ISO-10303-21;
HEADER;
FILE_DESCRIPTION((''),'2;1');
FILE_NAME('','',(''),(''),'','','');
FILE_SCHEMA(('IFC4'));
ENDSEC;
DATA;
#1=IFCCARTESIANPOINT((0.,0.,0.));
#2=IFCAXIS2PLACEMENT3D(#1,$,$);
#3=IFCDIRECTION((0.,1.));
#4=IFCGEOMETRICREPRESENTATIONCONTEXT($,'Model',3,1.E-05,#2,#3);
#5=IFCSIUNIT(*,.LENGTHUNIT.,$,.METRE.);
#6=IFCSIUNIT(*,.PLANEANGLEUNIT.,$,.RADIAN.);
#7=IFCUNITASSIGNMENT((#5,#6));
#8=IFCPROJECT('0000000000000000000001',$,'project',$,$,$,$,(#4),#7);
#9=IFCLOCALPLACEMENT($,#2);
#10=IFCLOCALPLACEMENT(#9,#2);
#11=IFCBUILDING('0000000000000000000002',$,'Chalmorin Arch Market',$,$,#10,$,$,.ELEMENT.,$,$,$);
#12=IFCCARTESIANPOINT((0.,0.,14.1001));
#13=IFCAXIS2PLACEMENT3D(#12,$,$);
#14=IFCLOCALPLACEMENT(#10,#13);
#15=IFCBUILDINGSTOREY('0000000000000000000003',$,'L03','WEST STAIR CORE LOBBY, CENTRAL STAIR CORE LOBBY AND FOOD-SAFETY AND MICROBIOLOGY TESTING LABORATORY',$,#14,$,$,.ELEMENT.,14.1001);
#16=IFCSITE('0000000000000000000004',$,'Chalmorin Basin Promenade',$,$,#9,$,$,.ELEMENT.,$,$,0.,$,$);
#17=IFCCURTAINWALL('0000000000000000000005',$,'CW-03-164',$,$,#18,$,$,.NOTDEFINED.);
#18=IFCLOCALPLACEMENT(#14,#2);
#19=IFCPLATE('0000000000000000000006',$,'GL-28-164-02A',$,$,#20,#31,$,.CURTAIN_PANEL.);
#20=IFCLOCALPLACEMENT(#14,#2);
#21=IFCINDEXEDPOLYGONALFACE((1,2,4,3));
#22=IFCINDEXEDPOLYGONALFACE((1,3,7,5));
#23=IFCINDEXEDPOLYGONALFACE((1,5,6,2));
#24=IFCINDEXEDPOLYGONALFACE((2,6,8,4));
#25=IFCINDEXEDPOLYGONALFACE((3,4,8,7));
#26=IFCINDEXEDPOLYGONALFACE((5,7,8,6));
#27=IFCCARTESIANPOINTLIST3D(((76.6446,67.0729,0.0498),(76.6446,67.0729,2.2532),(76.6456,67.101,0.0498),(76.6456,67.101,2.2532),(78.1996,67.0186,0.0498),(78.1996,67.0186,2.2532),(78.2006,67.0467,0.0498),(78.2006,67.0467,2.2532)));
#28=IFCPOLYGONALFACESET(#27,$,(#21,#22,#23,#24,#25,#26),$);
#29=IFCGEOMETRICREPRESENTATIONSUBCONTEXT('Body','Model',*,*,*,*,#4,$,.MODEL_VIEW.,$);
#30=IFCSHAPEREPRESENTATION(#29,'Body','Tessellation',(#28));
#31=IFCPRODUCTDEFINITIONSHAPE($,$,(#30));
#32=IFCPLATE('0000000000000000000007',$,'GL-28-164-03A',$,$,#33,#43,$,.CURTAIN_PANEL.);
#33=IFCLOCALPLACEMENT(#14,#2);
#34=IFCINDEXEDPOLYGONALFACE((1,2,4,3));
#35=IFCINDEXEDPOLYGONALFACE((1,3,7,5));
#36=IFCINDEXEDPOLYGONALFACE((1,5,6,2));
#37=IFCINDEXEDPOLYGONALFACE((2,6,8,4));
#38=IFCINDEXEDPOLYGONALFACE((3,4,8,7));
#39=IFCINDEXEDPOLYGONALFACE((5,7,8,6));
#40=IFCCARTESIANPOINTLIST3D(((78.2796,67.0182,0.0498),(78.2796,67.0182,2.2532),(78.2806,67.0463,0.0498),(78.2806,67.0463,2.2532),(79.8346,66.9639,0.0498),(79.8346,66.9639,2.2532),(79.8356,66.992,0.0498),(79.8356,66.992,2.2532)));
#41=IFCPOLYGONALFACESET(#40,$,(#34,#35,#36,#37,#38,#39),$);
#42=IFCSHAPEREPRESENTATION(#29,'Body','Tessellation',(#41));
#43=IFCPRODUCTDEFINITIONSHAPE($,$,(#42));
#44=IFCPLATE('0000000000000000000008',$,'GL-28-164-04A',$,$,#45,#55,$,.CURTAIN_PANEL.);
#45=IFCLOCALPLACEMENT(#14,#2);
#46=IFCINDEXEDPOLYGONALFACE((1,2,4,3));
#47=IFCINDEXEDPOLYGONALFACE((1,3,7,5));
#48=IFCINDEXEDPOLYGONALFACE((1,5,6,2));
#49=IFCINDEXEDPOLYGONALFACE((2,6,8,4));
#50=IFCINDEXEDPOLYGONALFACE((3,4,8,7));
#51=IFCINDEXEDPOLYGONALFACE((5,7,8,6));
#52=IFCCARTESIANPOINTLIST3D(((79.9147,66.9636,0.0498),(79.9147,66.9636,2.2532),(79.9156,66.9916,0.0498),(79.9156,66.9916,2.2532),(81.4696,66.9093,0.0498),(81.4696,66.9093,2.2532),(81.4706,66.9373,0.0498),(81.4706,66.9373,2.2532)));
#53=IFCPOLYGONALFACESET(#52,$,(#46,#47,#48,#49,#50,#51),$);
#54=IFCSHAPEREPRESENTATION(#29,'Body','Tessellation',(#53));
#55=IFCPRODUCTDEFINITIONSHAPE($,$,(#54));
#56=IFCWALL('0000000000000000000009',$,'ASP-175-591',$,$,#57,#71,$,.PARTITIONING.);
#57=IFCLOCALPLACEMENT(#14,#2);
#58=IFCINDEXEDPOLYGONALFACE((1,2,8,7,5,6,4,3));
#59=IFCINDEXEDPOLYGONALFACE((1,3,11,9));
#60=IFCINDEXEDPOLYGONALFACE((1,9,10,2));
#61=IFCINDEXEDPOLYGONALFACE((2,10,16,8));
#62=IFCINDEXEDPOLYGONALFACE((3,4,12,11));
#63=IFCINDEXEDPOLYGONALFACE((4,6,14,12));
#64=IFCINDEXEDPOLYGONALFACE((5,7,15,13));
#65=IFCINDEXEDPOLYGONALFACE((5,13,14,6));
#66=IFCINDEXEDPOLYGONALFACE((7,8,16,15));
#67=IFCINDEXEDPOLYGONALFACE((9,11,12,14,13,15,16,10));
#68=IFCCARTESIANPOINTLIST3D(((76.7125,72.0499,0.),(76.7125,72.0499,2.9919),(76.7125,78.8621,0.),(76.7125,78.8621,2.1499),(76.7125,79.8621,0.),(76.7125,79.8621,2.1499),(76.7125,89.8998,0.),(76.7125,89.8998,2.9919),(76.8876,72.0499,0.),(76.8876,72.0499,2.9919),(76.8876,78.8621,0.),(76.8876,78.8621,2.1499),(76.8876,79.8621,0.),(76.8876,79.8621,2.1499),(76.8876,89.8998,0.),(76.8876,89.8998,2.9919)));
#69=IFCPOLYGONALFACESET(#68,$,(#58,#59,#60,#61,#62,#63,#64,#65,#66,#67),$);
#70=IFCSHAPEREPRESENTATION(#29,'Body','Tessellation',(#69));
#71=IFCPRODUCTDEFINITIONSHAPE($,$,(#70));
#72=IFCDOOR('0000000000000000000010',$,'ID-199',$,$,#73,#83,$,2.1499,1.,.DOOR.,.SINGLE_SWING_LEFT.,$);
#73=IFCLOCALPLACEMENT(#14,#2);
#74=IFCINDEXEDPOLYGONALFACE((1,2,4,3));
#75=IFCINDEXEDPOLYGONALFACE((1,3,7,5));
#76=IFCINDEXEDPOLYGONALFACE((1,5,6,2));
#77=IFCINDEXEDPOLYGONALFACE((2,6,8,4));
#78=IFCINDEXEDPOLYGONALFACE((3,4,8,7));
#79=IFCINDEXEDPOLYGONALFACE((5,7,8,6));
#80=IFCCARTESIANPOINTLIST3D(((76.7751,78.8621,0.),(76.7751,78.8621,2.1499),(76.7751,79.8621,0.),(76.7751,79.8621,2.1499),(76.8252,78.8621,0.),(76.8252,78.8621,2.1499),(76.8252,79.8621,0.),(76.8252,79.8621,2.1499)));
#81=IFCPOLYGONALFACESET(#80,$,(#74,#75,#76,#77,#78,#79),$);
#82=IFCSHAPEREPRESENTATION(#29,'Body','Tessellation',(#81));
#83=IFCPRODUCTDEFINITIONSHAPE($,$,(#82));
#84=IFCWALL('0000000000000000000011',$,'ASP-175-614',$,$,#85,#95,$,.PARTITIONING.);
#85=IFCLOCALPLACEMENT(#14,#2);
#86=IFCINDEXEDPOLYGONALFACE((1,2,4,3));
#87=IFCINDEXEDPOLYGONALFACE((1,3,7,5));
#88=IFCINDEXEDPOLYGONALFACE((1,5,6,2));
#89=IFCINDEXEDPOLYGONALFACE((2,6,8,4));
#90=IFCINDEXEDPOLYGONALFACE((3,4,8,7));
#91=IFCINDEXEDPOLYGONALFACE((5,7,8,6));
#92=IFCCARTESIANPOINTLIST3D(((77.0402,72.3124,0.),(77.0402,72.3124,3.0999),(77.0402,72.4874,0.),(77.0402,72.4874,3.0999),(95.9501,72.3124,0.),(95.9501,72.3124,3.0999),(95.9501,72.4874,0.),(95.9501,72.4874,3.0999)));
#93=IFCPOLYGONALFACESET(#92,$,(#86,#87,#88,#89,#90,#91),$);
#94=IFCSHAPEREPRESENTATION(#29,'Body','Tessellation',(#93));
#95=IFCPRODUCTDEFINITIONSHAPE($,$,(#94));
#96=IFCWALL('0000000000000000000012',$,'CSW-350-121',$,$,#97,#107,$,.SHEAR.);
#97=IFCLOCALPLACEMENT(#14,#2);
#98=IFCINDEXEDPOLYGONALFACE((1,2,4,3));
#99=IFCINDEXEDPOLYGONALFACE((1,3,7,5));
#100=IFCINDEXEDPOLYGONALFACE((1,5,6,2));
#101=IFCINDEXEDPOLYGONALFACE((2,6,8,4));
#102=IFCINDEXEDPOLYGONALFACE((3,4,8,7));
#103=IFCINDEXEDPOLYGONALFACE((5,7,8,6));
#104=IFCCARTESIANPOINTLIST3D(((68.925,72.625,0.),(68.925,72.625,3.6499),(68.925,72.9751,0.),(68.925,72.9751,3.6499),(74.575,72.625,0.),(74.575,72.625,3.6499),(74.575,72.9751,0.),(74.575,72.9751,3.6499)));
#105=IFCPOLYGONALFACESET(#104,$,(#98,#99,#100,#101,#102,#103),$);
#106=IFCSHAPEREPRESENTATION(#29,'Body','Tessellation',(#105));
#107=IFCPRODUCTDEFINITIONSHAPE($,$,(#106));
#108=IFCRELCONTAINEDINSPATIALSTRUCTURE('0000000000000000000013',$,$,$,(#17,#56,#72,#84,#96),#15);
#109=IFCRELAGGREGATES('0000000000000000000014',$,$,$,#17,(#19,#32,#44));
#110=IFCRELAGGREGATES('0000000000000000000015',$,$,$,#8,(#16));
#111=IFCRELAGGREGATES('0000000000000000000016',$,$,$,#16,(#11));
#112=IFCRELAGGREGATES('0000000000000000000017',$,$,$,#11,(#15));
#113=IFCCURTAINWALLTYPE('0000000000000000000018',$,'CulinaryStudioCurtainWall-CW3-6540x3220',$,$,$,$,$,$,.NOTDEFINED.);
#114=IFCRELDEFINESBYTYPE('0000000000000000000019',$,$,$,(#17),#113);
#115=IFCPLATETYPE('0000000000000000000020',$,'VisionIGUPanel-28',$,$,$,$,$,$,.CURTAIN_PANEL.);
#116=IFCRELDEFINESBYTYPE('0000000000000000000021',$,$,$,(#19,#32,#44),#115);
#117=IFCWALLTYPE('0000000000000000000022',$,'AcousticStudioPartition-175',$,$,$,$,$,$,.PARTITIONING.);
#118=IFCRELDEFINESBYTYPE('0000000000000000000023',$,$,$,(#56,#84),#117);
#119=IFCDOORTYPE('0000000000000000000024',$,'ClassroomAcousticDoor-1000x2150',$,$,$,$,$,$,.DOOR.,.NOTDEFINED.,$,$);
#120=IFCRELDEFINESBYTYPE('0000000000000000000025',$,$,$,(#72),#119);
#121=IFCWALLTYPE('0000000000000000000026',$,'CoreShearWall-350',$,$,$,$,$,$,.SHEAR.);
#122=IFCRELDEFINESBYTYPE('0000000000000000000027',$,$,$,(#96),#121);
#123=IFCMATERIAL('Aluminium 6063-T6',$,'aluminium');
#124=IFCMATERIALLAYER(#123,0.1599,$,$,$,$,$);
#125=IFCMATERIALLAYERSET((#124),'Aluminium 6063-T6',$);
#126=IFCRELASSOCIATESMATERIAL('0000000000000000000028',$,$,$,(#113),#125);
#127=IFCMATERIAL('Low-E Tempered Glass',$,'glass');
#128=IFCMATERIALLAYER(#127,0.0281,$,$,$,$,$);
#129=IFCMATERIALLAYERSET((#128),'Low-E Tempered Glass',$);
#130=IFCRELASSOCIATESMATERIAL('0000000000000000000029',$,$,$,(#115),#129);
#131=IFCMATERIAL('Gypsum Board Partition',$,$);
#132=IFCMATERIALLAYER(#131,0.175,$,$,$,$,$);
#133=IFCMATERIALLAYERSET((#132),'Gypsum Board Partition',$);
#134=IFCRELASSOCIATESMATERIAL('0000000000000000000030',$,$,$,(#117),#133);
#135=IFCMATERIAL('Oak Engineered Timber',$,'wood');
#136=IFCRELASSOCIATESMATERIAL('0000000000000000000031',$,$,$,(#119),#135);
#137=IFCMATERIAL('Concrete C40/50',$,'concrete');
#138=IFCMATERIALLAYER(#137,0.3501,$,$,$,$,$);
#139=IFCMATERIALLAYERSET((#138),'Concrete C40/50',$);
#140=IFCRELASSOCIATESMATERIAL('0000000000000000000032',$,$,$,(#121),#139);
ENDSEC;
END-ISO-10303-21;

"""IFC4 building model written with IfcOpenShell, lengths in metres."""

from ifc_helpers import new_model, si_unit, direction, frame, frame_2d, origin, origin_2d, place, context, subcontext, project, spatial, rectangle, extrude, material, layer, layer_set, type_object, element, fill, aggregate, save


model = new_model("IFC4")

# Units and contexts
model_context = context("Model", 3, precision=1e-05, world=origin(), true_north=direction((0.0, 1.0)))
body_context = subcontext(model_context, "Body", "Model", "MODEL_VIEW")
ifc_project = project(units=[si_unit("LENGTHUNIT", "METRE"), si_unit("PLANEANGLEUNIT", "RADIAN")], contexts=[model_context])

# Site, building, storey
site_placement = place(None, origin())
site = spatial("IfcSite", under=ifc_project, at=site_placement, Name="Chalmorin Basin Promenade", CompositionType="ELEMENT", RefElevation=0.0)
building_placement = place(site_placement, origin())
building = spatial("IfcBuilding", under=site, at=building_placement, Name="Chalmorin Arch Market", CompositionType="ELEMENT")
storey_placement = place(building_placement, frame((0.0, 0.0, 14.1001)))
storey = spatial("IfcBuildingStorey", under=building, at=storey_placement, Name="L03", Description="WEST STAIR CORE LOBBY, CENTRAL STAIR CORE LOBBY AND FOOD-SAFETY AND MICROBIOLOGY TESTING LABORATORY", CompositionType="ELEMENT", Elevation=14.1001)

# Shared definitions
ifc_material_1 = material(Name="Concrete C40/50", Category="concrete")

# Curtain wall
ifc_material_2 = material(Name="Aluminium 6063-T6", Category="aluminium")
ifc_layer_1 = layer(ifc_material_2, 0.1599)
ifc_layer_set_1 = layer_set([ifc_layer_1], Name="Aluminium 6063-T6")
curtain_wall_type_1 = type_object("IfcCurtainWallType", Name="CulinaryStudioCurtainWall-CW3-6540x3220", PredefinedType="NOTDEFINED", material=ifc_layer_set_1)
curtain_wall_1_placement = place(storey_placement, origin())
curtain_wall_1 = element("IfcCurtainWall", 1, at=curtain_wall_1_placement, inside=storey, type_object=curtain_wall_type_1, Name="CW-03-164", PredefinedType="NOTDEFINED")

# Plates
ifc_material_3 = material(Name="Low-E Tempered Glass", Category="glass")
ifc_layer_2 = layer(ifc_material_3, 0.0281)
ifc_layer_set_2 = layer_set([ifc_layer_2], Name="Low-E Tempered Glass")
plate_type_1 = type_object("IfcPlateType", Name="VisionIGUPanel-28", PredefinedType="CURTAIN_PANEL", material=ifc_layer_set_2)
plate_1_placement = place(storey_placement, frame((77.4226, 67.0598, 0.0498), z_axis=(0.0, 0.0, 1.0), x_axis=(0.999391, -0.034899, 0.0)))
plate_1 = element("IfcPlate", 2, at=plate_1_placement, type_object=plate_type_1, Name="GL-28-164-02A", PredefinedType="CURTAIN_PANEL", context=body_context, shape_type="SweptSolid", body=[
    extrude(rectangle(XDim=1.5559, YDim=0.0281, at=origin_2d()), origin(), (0.0, 0.0, 1.0), 2.2034),
])
plate_2_placement = place(storey_placement, frame((79.0576, 67.0051, 0.0498), z_axis=(0.0, 0.0, 1.0), x_axis=(0.999391, -0.034899, 0.0)))
plate_2 = element("IfcPlate", 3, at=plate_2_placement, type_object=plate_type_1, Name="GL-28-164-03A", PredefinedType="CURTAIN_PANEL", context=body_context, shape_type="SweptSolid", body=[
    extrude(rectangle(XDim=1.5559, YDim=0.0281, at=origin_2d()), origin(), (0.0, 0.0, 1.0), 2.2034),
])
plate_3_placement = place(storey_placement, frame((80.6926, 66.9504, 0.0498), z_axis=(0.0, 0.0, 1.0), x_axis=(0.999391, -0.034899, 0.0)))
plate_3 = element("IfcPlate", 4, at=plate_3_placement, type_object=plate_type_1, Name="GL-28-164-04A", PredefinedType="CURTAIN_PANEL", context=body_context, shape_type="SweptSolid", body=[
    extrude(rectangle(XDim=1.5559, YDim=0.0281, at=origin_2d()), origin(), (0.0, 0.0, 1.0), 2.2034),
])
aggregate(curtain_wall_1, [plate_1, plate_2, plate_3])

# Wall, opening, door
ifc_material_4 = material(Name="Gypsum Board Partition")
ifc_layer_3 = layer(ifc_material_4, 0.175)
ifc_layer_set_3 = layer_set([ifc_layer_3], Name="Gypsum Board Partition")
wall_type_1 = type_object("IfcWallType", Name="AcousticStudioPartition-175", PredefinedType="PARTITIONING", material=ifc_layer_set_3)
wall_1_placement = place(storey_placement, frame((76.8, 72.05, 0.0), z_axis=(0.0, 0.0, 1.0), x_axis=(0.0, 1.0, 0.0)))
wall_1 = element("IfcWall", 5, at=wall_1_placement, inside=storey, type_object=wall_type_1, Name="ASP-175-591", PredefinedType="PARTITIONING", context=body_context, shape_type="SweptSolid", body=[
    extrude(rectangle(XDim=17.8499, YDim=0.175, at=frame_2d((8.9248, 0.0))), origin(), (0.0, 0.0, 1.0), 2.9919),
])
opening_placement = place(wall_1_placement, frame((6.812, 0.0, 0.0)))
opening = element("IfcOpeningElement", 6, at=opening_placement, cuts=wall_1, PredefinedType="OPENING", context=body_context, shape_type="SweptSolid", body=[
    extrude(rectangle(XDim=1.0, YDim=2.1499, at=frame_2d((0.5, 1.075))), frame((0.0, 0.0974, 0.0), z_axis=(0.0, -1.0, 0.0), x_axis=(1.0, 0.0, 0.0)), (0.0, 0.0, 1.0), 0.1951),
])
ifc_material_5 = material(Name="Oak Engineered Timber", Category="wood")
door_type = type_object("IfcDoorType", Name="ClassroomAcousticDoor-1000x2150", OperationType="NOTDEFINED", PredefinedType="DOOR", material=ifc_material_5)
door_placement = place(opening_placement, origin())
door = element("IfcDoor", 7, at=door_placement, inside=storey, type_object=door_type, Name="ID-199", OperationType="SINGLE_SWING_LEFT", OverallHeight=2.1499, OverallWidth=1.0, PredefinedType="DOOR", context=body_context, shape_type="SweptSolid", body=[
    extrude(rectangle(XDim=1.0, YDim=2.1499, at=frame_2d((0.5, 1.075))), frame((0.0, 0.0249, 0.0), z_axis=(0.0, -1.0, 0.0), x_axis=(1.0, 0.0, 0.0)), (0.0, 0.0, 1.0), 0.05),
])
fill(opening, door)

# Walls
wall_2_placement = place(storey_placement, frame((77.04, 72.3999, 0.0), z_axis=(0.0, 0.0, 1.0), x_axis=(1.0, 0.0, 0.0)))
element("IfcWall", 8, at=wall_2_placement, inside=storey, type_object=wall_type_1, Name="ASP-175-614", PredefinedType="PARTITIONING", context=body_context, shape_type="SweptSolid", body=[
    extrude(rectangle(XDim=18.9099, YDim=0.175, at=frame_2d((9.4551, 0.0))), origin(), (0.0, 0.0, 1.0), 3.0999),
])
ifc_layer_4 = layer(ifc_material_1, 0.3501)
ifc_layer_set_4 = layer_set([ifc_layer_4], Name="Concrete C40/50")
wall_type_2 = type_object("IfcWallType", Name="CoreShearWall-350", PredefinedType="SHEAR", material=ifc_layer_set_4)
wall_3_placement = place(storey_placement, frame((74.575, 72.8, 0.0), z_axis=(0.0, 0.0, 1.0), x_axis=(-1.0, 0.0, 0.0)))
element("IfcWall", 9, at=wall_3_placement, inside=storey, type_object=wall_type_2, Name="CSW-350-121", PredefinedType="SHEAR", context=body_context, shape_type="SweptSolid", body=[
    extrude(rectangle(XDim=5.6499, YDim=0.3501, at=frame_2d((2.825, 0.0))), origin(), (0.0, 0.0, 1.0), 3.6499),
])

save(model, "model.ifc")
